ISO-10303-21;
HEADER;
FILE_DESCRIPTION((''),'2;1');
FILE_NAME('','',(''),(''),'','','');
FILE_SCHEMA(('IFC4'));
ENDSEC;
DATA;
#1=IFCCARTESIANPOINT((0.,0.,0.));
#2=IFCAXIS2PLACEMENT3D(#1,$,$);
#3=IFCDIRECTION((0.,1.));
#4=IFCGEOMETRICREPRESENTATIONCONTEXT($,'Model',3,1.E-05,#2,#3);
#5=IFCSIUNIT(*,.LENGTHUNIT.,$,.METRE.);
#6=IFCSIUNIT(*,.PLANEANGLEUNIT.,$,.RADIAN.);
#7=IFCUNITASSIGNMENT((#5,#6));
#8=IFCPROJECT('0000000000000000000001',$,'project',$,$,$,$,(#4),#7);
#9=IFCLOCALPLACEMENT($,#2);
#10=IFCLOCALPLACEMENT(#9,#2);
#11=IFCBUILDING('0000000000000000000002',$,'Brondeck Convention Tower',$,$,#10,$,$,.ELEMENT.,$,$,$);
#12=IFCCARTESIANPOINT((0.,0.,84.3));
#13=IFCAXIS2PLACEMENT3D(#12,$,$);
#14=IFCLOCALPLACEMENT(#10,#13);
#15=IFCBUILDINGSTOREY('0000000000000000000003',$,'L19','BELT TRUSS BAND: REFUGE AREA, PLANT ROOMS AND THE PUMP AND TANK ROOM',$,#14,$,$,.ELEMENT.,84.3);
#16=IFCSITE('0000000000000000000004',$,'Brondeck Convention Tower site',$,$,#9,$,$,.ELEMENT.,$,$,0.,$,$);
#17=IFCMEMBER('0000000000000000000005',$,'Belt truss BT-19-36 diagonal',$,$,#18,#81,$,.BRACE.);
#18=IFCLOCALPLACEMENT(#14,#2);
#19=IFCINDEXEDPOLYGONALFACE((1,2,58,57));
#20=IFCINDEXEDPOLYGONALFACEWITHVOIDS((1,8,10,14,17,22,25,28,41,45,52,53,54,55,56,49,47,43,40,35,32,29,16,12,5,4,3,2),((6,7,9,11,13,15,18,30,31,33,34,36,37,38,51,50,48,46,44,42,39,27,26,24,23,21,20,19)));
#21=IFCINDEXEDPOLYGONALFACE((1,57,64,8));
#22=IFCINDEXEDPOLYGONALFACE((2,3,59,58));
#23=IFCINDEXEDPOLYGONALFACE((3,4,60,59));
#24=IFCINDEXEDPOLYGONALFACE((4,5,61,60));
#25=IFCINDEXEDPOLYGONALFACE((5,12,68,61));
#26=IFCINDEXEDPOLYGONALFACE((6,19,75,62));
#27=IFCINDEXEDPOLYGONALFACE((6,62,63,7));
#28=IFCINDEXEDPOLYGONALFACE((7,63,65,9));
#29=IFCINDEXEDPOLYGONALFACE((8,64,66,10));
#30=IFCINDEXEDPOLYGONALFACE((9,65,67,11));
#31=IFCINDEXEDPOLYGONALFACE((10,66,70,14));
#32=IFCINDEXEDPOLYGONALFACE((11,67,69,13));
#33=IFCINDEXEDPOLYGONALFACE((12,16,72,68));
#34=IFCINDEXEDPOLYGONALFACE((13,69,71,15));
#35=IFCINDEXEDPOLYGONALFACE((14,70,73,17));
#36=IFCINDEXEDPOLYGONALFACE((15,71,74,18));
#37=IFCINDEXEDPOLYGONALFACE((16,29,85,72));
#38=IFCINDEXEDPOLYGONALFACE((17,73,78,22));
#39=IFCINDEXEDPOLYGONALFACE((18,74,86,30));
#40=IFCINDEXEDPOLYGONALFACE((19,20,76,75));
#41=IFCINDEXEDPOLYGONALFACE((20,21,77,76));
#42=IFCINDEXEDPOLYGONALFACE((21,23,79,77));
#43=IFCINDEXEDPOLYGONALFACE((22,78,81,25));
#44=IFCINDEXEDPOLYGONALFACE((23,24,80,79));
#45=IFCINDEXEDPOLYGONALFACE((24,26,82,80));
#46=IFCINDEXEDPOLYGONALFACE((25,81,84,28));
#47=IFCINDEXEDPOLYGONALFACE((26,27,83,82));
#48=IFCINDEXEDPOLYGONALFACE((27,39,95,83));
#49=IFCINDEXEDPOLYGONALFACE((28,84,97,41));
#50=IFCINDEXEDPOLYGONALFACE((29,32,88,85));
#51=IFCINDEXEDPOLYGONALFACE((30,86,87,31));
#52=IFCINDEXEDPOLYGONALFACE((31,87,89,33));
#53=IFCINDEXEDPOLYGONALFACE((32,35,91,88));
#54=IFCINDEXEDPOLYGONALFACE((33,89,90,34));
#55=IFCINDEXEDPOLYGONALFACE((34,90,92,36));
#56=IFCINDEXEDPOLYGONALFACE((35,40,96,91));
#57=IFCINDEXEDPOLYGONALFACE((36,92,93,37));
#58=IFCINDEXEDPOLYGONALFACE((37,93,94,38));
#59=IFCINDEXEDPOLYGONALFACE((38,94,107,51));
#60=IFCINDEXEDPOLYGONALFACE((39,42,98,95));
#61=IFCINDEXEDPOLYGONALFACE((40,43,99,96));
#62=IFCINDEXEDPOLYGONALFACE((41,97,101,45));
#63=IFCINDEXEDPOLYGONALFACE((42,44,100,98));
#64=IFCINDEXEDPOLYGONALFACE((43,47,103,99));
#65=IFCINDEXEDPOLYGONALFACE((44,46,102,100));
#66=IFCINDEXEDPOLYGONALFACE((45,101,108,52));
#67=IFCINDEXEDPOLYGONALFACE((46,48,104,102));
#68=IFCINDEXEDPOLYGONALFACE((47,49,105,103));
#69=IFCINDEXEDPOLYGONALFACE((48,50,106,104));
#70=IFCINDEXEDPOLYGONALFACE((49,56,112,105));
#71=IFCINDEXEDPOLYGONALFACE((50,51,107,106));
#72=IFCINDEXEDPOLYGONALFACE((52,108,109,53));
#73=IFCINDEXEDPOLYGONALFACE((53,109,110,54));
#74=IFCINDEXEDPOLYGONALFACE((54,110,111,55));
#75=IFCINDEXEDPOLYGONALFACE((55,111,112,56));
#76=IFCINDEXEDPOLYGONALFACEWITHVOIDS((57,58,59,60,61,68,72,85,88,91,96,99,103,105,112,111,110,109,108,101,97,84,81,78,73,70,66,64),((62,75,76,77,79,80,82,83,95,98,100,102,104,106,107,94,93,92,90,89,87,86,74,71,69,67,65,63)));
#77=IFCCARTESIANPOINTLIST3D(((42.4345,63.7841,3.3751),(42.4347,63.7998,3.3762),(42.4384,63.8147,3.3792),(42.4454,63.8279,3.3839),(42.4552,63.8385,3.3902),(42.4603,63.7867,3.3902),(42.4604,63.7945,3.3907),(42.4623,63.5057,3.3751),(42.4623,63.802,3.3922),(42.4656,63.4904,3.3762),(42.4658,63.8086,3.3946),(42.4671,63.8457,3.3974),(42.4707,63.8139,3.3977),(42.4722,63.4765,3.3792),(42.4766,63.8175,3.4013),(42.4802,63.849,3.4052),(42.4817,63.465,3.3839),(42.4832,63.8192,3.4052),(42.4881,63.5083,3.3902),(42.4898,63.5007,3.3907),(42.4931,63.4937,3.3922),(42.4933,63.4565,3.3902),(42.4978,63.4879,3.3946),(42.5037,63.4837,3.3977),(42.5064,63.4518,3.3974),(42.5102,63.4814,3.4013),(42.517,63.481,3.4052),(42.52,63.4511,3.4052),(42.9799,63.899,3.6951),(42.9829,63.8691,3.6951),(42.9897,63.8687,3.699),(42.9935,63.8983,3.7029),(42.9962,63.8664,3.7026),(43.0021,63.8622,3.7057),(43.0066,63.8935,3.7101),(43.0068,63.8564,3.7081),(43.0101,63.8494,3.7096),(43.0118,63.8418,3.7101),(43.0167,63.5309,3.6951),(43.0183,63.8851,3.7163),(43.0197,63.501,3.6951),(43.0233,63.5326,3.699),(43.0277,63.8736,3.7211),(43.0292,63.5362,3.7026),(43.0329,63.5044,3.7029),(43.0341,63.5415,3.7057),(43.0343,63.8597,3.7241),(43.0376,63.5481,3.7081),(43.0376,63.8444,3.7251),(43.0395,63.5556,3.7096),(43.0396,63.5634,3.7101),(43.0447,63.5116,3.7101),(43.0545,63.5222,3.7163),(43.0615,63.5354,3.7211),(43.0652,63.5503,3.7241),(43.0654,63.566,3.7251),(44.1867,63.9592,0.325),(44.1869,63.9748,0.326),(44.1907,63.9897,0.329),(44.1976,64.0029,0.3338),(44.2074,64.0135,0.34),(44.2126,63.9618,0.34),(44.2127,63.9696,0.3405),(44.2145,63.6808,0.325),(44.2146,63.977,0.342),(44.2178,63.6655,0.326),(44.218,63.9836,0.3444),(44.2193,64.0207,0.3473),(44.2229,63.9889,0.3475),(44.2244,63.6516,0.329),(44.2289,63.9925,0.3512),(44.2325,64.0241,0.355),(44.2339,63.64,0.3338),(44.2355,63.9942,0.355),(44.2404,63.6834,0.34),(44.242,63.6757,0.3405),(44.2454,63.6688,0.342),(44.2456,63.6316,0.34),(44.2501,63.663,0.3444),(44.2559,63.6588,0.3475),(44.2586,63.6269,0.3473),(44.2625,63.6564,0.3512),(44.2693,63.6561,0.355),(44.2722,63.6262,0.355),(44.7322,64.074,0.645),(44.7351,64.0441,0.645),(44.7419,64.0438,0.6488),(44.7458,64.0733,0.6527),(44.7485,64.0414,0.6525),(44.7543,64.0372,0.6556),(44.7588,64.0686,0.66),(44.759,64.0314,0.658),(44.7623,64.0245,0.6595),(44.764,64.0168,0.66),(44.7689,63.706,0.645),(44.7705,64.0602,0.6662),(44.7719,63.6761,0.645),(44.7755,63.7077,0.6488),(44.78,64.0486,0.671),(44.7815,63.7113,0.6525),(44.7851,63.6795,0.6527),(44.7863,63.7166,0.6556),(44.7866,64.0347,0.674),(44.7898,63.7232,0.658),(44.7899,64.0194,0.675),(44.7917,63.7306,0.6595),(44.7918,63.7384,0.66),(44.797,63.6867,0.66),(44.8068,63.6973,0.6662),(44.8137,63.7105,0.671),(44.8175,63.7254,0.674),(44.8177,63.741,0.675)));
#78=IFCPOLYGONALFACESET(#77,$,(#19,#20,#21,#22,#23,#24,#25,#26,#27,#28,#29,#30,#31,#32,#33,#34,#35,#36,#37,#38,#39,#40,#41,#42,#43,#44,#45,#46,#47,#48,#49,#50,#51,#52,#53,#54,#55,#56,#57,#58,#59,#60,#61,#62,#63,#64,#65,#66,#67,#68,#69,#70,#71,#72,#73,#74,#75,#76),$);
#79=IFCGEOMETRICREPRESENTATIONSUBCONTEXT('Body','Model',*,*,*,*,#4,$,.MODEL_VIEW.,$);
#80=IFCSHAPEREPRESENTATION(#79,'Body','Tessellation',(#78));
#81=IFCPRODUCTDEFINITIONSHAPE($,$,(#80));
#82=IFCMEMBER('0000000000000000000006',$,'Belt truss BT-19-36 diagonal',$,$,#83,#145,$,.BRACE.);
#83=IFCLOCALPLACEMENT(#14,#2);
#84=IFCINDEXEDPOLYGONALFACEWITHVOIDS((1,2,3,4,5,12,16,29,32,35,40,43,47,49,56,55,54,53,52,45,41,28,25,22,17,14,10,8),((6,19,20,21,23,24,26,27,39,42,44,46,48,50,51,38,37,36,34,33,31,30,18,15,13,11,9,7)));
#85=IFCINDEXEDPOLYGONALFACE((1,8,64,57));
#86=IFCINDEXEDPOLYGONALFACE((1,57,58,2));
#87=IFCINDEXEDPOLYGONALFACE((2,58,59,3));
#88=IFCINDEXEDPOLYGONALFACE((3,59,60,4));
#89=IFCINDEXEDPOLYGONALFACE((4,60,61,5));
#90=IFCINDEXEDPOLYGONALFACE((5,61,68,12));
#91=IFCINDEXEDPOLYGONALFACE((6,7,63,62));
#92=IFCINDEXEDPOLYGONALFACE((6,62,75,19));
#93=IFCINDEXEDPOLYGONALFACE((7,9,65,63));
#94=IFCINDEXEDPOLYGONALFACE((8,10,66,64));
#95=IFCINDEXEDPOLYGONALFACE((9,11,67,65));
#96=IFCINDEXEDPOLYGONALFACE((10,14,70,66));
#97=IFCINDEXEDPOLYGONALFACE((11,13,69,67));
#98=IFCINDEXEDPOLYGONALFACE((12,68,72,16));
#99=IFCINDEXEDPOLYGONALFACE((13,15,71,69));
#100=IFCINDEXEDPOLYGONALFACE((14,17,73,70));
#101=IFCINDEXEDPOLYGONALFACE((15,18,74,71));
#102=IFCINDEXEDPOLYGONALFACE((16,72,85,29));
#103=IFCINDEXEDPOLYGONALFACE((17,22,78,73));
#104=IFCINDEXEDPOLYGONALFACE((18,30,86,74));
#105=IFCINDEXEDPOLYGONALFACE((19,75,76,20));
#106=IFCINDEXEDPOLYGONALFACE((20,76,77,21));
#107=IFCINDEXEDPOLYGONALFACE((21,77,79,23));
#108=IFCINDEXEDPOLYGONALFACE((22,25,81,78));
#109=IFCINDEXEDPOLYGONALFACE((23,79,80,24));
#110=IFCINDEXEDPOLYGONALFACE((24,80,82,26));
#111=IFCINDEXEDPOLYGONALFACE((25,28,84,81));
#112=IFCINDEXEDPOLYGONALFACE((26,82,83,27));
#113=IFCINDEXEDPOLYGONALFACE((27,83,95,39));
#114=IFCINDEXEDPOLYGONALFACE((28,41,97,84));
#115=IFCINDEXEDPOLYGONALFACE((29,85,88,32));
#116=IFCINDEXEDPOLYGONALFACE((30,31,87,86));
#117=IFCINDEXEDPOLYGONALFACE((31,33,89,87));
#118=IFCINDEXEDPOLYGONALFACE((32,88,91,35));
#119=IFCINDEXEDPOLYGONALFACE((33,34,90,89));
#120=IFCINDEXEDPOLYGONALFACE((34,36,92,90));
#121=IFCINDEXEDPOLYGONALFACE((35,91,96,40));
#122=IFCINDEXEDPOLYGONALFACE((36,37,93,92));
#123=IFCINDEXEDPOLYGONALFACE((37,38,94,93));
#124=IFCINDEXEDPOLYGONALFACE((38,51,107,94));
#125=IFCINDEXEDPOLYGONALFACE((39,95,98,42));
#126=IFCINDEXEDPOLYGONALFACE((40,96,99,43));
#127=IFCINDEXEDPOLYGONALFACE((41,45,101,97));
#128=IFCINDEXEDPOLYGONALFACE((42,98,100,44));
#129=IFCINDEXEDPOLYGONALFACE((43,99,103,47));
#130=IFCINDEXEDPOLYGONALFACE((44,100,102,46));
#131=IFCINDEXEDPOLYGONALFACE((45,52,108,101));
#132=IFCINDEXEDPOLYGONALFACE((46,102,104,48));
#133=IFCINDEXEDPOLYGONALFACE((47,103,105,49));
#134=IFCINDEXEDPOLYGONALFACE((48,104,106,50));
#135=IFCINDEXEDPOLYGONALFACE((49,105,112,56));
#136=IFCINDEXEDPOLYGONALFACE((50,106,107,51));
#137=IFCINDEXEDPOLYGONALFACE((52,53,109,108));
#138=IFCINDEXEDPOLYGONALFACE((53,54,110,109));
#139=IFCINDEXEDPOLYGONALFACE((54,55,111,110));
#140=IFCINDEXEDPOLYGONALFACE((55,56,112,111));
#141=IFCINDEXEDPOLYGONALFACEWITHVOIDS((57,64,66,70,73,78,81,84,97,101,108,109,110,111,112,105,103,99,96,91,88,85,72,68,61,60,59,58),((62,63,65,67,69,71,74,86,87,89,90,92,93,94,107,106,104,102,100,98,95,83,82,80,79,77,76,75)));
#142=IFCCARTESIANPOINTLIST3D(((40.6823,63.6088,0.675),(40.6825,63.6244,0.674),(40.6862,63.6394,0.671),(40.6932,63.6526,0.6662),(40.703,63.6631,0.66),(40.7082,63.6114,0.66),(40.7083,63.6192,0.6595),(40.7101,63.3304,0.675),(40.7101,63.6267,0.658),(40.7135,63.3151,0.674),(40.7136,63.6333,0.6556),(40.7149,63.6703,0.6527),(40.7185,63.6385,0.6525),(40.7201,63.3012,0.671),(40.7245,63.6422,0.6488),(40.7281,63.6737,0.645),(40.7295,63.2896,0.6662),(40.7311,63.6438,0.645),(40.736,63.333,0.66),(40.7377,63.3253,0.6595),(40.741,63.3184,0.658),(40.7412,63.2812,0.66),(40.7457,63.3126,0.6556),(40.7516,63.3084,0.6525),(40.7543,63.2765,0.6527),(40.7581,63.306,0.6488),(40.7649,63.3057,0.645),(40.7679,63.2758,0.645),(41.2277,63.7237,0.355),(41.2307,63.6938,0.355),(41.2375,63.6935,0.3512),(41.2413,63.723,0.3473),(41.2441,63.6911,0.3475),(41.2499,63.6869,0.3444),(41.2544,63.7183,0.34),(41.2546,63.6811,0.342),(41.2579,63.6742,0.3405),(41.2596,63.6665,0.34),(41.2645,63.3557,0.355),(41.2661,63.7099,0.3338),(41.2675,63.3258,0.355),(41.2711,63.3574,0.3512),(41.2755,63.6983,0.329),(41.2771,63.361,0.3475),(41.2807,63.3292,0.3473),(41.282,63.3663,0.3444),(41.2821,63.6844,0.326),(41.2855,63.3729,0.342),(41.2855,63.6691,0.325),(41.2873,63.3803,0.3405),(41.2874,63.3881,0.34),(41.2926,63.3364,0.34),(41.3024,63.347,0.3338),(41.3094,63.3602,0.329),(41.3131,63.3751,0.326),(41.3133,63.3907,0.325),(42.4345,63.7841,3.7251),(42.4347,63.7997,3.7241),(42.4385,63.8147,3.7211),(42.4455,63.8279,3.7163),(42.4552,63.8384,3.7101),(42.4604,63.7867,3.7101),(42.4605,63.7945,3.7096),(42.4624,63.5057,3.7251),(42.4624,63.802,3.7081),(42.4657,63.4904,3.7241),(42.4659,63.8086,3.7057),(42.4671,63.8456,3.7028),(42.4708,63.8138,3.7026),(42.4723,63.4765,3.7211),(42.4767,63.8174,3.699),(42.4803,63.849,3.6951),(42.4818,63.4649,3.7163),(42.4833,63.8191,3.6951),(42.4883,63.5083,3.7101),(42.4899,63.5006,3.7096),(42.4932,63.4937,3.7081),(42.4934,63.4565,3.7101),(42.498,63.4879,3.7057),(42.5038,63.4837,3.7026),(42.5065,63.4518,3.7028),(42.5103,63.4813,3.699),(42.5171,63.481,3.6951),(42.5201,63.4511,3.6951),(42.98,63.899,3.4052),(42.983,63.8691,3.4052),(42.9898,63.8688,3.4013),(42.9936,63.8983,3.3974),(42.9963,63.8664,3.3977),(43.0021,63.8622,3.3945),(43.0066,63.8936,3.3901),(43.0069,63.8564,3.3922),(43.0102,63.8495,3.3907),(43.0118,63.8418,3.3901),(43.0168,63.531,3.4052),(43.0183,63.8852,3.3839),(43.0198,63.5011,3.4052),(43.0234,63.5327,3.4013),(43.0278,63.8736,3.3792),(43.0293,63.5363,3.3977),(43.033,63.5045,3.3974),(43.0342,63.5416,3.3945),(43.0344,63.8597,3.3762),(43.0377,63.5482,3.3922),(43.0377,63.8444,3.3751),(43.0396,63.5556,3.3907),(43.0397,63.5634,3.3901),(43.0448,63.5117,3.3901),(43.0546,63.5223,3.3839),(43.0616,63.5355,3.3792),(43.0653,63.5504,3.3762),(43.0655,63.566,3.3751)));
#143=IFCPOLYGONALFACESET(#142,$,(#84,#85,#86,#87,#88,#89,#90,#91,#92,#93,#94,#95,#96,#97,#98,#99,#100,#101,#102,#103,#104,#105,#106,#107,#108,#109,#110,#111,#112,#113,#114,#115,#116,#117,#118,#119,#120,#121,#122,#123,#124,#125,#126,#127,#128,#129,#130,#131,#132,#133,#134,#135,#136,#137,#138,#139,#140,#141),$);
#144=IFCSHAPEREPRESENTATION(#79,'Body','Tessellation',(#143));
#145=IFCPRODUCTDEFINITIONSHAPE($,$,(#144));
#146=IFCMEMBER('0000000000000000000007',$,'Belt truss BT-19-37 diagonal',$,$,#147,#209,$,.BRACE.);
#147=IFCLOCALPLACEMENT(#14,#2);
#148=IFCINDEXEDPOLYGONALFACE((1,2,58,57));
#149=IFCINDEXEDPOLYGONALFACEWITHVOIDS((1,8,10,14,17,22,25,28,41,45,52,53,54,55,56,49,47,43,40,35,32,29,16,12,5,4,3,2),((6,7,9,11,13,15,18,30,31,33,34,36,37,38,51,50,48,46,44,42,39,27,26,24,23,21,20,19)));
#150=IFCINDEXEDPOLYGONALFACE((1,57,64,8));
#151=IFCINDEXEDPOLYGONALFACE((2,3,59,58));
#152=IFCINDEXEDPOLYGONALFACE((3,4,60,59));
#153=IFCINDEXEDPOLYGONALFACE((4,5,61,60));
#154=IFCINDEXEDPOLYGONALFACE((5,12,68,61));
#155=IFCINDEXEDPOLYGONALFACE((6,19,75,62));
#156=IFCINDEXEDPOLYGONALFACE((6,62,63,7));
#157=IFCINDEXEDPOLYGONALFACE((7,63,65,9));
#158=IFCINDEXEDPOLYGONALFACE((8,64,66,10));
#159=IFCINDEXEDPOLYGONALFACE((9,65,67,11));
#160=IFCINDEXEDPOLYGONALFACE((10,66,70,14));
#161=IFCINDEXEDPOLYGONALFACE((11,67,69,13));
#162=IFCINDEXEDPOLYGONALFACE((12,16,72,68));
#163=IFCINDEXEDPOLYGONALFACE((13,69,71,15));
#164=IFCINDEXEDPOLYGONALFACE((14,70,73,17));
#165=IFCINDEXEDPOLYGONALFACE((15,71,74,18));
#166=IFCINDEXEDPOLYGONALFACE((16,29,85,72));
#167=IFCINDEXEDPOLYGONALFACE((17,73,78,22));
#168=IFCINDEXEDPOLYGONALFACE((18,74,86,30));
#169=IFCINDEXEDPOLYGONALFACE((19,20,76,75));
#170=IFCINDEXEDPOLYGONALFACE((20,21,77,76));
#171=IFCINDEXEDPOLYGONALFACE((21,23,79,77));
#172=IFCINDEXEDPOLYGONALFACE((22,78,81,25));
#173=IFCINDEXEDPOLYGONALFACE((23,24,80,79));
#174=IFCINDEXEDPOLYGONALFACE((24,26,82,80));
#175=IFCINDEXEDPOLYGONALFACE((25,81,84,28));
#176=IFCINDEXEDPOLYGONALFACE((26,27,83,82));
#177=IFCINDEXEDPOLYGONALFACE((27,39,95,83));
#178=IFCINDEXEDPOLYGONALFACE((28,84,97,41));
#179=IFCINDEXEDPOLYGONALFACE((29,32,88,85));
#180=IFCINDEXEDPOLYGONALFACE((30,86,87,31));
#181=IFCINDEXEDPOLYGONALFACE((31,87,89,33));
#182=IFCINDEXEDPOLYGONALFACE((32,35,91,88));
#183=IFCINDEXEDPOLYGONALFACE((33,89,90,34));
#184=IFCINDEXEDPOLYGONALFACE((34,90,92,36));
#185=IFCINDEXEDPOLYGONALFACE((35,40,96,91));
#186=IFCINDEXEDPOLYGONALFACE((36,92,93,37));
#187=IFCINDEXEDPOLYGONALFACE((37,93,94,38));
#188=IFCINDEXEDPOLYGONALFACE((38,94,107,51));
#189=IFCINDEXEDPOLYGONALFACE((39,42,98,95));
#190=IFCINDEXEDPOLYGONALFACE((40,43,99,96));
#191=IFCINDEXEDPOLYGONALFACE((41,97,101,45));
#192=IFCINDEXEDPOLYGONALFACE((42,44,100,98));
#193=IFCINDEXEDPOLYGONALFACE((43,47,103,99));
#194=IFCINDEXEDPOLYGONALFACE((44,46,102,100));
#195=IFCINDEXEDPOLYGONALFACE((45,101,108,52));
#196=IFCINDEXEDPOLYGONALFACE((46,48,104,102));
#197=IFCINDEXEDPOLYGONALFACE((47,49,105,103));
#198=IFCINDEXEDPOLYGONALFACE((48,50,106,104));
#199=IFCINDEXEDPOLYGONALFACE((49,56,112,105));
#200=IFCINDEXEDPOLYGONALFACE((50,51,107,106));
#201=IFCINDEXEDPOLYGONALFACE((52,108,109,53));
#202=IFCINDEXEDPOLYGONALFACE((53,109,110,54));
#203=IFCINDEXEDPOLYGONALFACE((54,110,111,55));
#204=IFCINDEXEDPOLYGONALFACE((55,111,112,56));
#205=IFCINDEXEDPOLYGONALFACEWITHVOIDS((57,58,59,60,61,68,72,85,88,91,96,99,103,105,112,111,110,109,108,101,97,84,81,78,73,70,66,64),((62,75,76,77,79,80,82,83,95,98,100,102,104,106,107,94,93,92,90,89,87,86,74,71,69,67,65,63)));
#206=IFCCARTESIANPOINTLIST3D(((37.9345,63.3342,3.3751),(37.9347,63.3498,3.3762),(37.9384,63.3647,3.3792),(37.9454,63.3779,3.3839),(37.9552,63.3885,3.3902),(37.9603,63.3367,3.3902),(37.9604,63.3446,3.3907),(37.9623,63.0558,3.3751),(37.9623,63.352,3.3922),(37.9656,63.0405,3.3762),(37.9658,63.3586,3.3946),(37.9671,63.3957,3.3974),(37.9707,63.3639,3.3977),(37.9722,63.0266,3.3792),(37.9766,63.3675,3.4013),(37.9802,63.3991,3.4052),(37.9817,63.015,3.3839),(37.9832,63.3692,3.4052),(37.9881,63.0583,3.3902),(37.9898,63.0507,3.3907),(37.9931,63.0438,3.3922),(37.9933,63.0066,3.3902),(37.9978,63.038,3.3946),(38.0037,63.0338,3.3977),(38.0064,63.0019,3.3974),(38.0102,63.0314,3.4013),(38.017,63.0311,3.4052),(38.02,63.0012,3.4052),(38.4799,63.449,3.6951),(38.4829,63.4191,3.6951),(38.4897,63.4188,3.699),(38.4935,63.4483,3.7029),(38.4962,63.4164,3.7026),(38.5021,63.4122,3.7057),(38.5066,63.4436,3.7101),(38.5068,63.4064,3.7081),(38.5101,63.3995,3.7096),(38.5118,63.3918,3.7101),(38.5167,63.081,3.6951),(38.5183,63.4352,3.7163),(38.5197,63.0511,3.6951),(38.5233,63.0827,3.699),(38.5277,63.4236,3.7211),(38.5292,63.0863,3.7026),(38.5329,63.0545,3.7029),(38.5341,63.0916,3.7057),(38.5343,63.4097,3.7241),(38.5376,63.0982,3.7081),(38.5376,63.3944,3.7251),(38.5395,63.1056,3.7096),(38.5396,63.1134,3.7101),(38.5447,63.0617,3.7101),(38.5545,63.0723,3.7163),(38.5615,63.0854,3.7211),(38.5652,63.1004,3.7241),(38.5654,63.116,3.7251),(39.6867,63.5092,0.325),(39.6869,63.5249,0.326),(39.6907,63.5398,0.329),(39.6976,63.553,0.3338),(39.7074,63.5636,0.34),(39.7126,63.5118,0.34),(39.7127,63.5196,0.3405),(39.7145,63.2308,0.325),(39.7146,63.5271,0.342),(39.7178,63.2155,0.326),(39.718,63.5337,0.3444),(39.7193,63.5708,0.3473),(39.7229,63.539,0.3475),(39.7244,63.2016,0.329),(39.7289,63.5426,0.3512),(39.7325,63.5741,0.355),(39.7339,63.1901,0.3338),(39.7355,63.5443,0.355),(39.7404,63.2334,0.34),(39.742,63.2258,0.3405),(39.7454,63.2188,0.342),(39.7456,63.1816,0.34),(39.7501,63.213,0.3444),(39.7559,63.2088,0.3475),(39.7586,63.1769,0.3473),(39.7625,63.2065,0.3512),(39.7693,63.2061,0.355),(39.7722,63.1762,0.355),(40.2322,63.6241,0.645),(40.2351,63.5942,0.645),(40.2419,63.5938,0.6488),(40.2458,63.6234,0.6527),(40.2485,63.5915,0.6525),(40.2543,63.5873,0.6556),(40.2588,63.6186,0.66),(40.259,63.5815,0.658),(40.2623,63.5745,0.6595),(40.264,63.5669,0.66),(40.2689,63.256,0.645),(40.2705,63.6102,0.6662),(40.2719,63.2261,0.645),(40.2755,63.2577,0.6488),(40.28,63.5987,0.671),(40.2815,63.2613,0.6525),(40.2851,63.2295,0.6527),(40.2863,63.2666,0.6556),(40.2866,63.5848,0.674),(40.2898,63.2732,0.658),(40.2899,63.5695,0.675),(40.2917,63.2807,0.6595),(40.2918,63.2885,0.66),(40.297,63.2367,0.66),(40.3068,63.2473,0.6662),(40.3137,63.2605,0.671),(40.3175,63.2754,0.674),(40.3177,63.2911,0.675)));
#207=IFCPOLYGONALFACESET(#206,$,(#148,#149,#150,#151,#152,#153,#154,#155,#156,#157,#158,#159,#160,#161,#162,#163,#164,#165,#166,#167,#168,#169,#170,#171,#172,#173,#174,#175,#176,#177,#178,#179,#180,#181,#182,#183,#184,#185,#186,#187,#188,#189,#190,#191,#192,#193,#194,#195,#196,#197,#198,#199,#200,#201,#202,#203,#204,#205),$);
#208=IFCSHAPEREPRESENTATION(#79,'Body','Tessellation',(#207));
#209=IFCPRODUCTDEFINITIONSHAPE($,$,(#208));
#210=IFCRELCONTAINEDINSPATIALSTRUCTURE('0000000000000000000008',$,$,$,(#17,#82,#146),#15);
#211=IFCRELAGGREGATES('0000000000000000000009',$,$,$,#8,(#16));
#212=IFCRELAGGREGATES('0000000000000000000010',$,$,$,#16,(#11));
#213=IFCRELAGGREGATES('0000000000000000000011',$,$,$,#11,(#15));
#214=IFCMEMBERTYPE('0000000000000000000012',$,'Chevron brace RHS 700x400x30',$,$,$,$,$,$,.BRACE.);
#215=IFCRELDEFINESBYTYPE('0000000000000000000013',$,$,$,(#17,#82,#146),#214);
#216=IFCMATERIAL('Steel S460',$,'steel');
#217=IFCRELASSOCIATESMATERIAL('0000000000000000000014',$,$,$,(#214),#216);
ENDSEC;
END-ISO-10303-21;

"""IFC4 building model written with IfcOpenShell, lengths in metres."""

from ifc_helpers import new_model, si_unit, direction, frame, origin, origin_2d, place, context, subcontext, project, spatial, hollow_rectangle, extrude, material, material_profile, profile_set, type_object, element, save


model = new_model("IFC4")

# Units and contexts
model_context = context("Model", 3, precision=1e-05, world=origin(), true_north=direction((0.0, 1.0)))
body_context = subcontext(model_context, "Body", "Model", "MODEL_VIEW")
ifc_project = project(units=[si_unit("LENGTHUNIT", "METRE"), si_unit("PLANEANGLEUNIT", "RADIAN")], contexts=[model_context])

# Site, building, storey
site_placement = place(None, origin())
site = spatial("IfcSite", under=ifc_project, at=site_placement, Name="Brondeck Convention Tower site", CompositionType="ELEMENT", RefElevation=0.0)
building_placement = place(site_placement, origin())
building = spatial("IfcBuilding", under=site, at=building_placement, Name="Brondeck Convention Tower", CompositionType="ELEMENT")
storey_placement = place(building_placement, frame((0.0, 0.0, 84.3)))
storey = spatial("IfcBuildingStorey", under=building, at=storey_placement, Name="L19", Description="BELT TRUSS BAND: REFUGE AREA, PLANT ROOMS AND THE PUMP AND TANK ROOM", CompositionType="ELEMENT", Elevation=84.3)

# Members
ifc_material_1 = material(Name="Steel S460", Category="steel")
ifc_material_profile_1 = material_profile(ifc_material_1, hollow_rectangle(XDim=0.3999, YDim=0.7, WallThickness=0.03, InnerFilletRadius=0.03, OuterFilletRadius=0.0601, at=origin_2d()), Name="RHS 700x400x30")
ifc_profile_set_1 = profile_set([ifc_material_profile_1], Name="Steel S460")
member_type_1 = type_object("IfcMemberType", Name="Chevron brace RHS 700x400x30", PredefinedType="BRACE", material=ifc_profile_set_1)
for number, where, z_axis, x_axis, name in (
    (1, (44.5022, 63.8501, 0.5), (-0.497518, -0.049703, 0.866029), (0.099408, -0.995047, 0.0), "Belt truss BT-19-36 diagonal"),
    (2, (40.9978, 63.4998, 0.5), (0.497516, 0.049772, 0.866026), (-0.099545, 0.995033, 0.0), "Belt truss BT-19-36 diagonal"),
    (3, (40.0022, 63.4001, 0.5), (-0.497518, -0.049703, 0.866029), (0.099408, -0.995047, 0.0), "Belt truss BT-19-37 diagonal"),
):
    element("IfcMember", number, at=place(storey_placement, frame(where, z_axis=z_axis, x_axis=x_axis)), inside=storey, type_object=member_type_1, Name=name, PredefinedType="BRACE", context=body_context, shape_type="SweptSolid", body=[
        extrude(hollow_rectangle(XDim=0.3999, YDim=0.7, WallThickness=0.03, InnerFilletRadius=0.03, OuterFilletRadius=0.0601, at=origin_2d()), origin(), (0.0, 0.0, 1.0), 3.522),
    ])

save(model, "model.ifc")
